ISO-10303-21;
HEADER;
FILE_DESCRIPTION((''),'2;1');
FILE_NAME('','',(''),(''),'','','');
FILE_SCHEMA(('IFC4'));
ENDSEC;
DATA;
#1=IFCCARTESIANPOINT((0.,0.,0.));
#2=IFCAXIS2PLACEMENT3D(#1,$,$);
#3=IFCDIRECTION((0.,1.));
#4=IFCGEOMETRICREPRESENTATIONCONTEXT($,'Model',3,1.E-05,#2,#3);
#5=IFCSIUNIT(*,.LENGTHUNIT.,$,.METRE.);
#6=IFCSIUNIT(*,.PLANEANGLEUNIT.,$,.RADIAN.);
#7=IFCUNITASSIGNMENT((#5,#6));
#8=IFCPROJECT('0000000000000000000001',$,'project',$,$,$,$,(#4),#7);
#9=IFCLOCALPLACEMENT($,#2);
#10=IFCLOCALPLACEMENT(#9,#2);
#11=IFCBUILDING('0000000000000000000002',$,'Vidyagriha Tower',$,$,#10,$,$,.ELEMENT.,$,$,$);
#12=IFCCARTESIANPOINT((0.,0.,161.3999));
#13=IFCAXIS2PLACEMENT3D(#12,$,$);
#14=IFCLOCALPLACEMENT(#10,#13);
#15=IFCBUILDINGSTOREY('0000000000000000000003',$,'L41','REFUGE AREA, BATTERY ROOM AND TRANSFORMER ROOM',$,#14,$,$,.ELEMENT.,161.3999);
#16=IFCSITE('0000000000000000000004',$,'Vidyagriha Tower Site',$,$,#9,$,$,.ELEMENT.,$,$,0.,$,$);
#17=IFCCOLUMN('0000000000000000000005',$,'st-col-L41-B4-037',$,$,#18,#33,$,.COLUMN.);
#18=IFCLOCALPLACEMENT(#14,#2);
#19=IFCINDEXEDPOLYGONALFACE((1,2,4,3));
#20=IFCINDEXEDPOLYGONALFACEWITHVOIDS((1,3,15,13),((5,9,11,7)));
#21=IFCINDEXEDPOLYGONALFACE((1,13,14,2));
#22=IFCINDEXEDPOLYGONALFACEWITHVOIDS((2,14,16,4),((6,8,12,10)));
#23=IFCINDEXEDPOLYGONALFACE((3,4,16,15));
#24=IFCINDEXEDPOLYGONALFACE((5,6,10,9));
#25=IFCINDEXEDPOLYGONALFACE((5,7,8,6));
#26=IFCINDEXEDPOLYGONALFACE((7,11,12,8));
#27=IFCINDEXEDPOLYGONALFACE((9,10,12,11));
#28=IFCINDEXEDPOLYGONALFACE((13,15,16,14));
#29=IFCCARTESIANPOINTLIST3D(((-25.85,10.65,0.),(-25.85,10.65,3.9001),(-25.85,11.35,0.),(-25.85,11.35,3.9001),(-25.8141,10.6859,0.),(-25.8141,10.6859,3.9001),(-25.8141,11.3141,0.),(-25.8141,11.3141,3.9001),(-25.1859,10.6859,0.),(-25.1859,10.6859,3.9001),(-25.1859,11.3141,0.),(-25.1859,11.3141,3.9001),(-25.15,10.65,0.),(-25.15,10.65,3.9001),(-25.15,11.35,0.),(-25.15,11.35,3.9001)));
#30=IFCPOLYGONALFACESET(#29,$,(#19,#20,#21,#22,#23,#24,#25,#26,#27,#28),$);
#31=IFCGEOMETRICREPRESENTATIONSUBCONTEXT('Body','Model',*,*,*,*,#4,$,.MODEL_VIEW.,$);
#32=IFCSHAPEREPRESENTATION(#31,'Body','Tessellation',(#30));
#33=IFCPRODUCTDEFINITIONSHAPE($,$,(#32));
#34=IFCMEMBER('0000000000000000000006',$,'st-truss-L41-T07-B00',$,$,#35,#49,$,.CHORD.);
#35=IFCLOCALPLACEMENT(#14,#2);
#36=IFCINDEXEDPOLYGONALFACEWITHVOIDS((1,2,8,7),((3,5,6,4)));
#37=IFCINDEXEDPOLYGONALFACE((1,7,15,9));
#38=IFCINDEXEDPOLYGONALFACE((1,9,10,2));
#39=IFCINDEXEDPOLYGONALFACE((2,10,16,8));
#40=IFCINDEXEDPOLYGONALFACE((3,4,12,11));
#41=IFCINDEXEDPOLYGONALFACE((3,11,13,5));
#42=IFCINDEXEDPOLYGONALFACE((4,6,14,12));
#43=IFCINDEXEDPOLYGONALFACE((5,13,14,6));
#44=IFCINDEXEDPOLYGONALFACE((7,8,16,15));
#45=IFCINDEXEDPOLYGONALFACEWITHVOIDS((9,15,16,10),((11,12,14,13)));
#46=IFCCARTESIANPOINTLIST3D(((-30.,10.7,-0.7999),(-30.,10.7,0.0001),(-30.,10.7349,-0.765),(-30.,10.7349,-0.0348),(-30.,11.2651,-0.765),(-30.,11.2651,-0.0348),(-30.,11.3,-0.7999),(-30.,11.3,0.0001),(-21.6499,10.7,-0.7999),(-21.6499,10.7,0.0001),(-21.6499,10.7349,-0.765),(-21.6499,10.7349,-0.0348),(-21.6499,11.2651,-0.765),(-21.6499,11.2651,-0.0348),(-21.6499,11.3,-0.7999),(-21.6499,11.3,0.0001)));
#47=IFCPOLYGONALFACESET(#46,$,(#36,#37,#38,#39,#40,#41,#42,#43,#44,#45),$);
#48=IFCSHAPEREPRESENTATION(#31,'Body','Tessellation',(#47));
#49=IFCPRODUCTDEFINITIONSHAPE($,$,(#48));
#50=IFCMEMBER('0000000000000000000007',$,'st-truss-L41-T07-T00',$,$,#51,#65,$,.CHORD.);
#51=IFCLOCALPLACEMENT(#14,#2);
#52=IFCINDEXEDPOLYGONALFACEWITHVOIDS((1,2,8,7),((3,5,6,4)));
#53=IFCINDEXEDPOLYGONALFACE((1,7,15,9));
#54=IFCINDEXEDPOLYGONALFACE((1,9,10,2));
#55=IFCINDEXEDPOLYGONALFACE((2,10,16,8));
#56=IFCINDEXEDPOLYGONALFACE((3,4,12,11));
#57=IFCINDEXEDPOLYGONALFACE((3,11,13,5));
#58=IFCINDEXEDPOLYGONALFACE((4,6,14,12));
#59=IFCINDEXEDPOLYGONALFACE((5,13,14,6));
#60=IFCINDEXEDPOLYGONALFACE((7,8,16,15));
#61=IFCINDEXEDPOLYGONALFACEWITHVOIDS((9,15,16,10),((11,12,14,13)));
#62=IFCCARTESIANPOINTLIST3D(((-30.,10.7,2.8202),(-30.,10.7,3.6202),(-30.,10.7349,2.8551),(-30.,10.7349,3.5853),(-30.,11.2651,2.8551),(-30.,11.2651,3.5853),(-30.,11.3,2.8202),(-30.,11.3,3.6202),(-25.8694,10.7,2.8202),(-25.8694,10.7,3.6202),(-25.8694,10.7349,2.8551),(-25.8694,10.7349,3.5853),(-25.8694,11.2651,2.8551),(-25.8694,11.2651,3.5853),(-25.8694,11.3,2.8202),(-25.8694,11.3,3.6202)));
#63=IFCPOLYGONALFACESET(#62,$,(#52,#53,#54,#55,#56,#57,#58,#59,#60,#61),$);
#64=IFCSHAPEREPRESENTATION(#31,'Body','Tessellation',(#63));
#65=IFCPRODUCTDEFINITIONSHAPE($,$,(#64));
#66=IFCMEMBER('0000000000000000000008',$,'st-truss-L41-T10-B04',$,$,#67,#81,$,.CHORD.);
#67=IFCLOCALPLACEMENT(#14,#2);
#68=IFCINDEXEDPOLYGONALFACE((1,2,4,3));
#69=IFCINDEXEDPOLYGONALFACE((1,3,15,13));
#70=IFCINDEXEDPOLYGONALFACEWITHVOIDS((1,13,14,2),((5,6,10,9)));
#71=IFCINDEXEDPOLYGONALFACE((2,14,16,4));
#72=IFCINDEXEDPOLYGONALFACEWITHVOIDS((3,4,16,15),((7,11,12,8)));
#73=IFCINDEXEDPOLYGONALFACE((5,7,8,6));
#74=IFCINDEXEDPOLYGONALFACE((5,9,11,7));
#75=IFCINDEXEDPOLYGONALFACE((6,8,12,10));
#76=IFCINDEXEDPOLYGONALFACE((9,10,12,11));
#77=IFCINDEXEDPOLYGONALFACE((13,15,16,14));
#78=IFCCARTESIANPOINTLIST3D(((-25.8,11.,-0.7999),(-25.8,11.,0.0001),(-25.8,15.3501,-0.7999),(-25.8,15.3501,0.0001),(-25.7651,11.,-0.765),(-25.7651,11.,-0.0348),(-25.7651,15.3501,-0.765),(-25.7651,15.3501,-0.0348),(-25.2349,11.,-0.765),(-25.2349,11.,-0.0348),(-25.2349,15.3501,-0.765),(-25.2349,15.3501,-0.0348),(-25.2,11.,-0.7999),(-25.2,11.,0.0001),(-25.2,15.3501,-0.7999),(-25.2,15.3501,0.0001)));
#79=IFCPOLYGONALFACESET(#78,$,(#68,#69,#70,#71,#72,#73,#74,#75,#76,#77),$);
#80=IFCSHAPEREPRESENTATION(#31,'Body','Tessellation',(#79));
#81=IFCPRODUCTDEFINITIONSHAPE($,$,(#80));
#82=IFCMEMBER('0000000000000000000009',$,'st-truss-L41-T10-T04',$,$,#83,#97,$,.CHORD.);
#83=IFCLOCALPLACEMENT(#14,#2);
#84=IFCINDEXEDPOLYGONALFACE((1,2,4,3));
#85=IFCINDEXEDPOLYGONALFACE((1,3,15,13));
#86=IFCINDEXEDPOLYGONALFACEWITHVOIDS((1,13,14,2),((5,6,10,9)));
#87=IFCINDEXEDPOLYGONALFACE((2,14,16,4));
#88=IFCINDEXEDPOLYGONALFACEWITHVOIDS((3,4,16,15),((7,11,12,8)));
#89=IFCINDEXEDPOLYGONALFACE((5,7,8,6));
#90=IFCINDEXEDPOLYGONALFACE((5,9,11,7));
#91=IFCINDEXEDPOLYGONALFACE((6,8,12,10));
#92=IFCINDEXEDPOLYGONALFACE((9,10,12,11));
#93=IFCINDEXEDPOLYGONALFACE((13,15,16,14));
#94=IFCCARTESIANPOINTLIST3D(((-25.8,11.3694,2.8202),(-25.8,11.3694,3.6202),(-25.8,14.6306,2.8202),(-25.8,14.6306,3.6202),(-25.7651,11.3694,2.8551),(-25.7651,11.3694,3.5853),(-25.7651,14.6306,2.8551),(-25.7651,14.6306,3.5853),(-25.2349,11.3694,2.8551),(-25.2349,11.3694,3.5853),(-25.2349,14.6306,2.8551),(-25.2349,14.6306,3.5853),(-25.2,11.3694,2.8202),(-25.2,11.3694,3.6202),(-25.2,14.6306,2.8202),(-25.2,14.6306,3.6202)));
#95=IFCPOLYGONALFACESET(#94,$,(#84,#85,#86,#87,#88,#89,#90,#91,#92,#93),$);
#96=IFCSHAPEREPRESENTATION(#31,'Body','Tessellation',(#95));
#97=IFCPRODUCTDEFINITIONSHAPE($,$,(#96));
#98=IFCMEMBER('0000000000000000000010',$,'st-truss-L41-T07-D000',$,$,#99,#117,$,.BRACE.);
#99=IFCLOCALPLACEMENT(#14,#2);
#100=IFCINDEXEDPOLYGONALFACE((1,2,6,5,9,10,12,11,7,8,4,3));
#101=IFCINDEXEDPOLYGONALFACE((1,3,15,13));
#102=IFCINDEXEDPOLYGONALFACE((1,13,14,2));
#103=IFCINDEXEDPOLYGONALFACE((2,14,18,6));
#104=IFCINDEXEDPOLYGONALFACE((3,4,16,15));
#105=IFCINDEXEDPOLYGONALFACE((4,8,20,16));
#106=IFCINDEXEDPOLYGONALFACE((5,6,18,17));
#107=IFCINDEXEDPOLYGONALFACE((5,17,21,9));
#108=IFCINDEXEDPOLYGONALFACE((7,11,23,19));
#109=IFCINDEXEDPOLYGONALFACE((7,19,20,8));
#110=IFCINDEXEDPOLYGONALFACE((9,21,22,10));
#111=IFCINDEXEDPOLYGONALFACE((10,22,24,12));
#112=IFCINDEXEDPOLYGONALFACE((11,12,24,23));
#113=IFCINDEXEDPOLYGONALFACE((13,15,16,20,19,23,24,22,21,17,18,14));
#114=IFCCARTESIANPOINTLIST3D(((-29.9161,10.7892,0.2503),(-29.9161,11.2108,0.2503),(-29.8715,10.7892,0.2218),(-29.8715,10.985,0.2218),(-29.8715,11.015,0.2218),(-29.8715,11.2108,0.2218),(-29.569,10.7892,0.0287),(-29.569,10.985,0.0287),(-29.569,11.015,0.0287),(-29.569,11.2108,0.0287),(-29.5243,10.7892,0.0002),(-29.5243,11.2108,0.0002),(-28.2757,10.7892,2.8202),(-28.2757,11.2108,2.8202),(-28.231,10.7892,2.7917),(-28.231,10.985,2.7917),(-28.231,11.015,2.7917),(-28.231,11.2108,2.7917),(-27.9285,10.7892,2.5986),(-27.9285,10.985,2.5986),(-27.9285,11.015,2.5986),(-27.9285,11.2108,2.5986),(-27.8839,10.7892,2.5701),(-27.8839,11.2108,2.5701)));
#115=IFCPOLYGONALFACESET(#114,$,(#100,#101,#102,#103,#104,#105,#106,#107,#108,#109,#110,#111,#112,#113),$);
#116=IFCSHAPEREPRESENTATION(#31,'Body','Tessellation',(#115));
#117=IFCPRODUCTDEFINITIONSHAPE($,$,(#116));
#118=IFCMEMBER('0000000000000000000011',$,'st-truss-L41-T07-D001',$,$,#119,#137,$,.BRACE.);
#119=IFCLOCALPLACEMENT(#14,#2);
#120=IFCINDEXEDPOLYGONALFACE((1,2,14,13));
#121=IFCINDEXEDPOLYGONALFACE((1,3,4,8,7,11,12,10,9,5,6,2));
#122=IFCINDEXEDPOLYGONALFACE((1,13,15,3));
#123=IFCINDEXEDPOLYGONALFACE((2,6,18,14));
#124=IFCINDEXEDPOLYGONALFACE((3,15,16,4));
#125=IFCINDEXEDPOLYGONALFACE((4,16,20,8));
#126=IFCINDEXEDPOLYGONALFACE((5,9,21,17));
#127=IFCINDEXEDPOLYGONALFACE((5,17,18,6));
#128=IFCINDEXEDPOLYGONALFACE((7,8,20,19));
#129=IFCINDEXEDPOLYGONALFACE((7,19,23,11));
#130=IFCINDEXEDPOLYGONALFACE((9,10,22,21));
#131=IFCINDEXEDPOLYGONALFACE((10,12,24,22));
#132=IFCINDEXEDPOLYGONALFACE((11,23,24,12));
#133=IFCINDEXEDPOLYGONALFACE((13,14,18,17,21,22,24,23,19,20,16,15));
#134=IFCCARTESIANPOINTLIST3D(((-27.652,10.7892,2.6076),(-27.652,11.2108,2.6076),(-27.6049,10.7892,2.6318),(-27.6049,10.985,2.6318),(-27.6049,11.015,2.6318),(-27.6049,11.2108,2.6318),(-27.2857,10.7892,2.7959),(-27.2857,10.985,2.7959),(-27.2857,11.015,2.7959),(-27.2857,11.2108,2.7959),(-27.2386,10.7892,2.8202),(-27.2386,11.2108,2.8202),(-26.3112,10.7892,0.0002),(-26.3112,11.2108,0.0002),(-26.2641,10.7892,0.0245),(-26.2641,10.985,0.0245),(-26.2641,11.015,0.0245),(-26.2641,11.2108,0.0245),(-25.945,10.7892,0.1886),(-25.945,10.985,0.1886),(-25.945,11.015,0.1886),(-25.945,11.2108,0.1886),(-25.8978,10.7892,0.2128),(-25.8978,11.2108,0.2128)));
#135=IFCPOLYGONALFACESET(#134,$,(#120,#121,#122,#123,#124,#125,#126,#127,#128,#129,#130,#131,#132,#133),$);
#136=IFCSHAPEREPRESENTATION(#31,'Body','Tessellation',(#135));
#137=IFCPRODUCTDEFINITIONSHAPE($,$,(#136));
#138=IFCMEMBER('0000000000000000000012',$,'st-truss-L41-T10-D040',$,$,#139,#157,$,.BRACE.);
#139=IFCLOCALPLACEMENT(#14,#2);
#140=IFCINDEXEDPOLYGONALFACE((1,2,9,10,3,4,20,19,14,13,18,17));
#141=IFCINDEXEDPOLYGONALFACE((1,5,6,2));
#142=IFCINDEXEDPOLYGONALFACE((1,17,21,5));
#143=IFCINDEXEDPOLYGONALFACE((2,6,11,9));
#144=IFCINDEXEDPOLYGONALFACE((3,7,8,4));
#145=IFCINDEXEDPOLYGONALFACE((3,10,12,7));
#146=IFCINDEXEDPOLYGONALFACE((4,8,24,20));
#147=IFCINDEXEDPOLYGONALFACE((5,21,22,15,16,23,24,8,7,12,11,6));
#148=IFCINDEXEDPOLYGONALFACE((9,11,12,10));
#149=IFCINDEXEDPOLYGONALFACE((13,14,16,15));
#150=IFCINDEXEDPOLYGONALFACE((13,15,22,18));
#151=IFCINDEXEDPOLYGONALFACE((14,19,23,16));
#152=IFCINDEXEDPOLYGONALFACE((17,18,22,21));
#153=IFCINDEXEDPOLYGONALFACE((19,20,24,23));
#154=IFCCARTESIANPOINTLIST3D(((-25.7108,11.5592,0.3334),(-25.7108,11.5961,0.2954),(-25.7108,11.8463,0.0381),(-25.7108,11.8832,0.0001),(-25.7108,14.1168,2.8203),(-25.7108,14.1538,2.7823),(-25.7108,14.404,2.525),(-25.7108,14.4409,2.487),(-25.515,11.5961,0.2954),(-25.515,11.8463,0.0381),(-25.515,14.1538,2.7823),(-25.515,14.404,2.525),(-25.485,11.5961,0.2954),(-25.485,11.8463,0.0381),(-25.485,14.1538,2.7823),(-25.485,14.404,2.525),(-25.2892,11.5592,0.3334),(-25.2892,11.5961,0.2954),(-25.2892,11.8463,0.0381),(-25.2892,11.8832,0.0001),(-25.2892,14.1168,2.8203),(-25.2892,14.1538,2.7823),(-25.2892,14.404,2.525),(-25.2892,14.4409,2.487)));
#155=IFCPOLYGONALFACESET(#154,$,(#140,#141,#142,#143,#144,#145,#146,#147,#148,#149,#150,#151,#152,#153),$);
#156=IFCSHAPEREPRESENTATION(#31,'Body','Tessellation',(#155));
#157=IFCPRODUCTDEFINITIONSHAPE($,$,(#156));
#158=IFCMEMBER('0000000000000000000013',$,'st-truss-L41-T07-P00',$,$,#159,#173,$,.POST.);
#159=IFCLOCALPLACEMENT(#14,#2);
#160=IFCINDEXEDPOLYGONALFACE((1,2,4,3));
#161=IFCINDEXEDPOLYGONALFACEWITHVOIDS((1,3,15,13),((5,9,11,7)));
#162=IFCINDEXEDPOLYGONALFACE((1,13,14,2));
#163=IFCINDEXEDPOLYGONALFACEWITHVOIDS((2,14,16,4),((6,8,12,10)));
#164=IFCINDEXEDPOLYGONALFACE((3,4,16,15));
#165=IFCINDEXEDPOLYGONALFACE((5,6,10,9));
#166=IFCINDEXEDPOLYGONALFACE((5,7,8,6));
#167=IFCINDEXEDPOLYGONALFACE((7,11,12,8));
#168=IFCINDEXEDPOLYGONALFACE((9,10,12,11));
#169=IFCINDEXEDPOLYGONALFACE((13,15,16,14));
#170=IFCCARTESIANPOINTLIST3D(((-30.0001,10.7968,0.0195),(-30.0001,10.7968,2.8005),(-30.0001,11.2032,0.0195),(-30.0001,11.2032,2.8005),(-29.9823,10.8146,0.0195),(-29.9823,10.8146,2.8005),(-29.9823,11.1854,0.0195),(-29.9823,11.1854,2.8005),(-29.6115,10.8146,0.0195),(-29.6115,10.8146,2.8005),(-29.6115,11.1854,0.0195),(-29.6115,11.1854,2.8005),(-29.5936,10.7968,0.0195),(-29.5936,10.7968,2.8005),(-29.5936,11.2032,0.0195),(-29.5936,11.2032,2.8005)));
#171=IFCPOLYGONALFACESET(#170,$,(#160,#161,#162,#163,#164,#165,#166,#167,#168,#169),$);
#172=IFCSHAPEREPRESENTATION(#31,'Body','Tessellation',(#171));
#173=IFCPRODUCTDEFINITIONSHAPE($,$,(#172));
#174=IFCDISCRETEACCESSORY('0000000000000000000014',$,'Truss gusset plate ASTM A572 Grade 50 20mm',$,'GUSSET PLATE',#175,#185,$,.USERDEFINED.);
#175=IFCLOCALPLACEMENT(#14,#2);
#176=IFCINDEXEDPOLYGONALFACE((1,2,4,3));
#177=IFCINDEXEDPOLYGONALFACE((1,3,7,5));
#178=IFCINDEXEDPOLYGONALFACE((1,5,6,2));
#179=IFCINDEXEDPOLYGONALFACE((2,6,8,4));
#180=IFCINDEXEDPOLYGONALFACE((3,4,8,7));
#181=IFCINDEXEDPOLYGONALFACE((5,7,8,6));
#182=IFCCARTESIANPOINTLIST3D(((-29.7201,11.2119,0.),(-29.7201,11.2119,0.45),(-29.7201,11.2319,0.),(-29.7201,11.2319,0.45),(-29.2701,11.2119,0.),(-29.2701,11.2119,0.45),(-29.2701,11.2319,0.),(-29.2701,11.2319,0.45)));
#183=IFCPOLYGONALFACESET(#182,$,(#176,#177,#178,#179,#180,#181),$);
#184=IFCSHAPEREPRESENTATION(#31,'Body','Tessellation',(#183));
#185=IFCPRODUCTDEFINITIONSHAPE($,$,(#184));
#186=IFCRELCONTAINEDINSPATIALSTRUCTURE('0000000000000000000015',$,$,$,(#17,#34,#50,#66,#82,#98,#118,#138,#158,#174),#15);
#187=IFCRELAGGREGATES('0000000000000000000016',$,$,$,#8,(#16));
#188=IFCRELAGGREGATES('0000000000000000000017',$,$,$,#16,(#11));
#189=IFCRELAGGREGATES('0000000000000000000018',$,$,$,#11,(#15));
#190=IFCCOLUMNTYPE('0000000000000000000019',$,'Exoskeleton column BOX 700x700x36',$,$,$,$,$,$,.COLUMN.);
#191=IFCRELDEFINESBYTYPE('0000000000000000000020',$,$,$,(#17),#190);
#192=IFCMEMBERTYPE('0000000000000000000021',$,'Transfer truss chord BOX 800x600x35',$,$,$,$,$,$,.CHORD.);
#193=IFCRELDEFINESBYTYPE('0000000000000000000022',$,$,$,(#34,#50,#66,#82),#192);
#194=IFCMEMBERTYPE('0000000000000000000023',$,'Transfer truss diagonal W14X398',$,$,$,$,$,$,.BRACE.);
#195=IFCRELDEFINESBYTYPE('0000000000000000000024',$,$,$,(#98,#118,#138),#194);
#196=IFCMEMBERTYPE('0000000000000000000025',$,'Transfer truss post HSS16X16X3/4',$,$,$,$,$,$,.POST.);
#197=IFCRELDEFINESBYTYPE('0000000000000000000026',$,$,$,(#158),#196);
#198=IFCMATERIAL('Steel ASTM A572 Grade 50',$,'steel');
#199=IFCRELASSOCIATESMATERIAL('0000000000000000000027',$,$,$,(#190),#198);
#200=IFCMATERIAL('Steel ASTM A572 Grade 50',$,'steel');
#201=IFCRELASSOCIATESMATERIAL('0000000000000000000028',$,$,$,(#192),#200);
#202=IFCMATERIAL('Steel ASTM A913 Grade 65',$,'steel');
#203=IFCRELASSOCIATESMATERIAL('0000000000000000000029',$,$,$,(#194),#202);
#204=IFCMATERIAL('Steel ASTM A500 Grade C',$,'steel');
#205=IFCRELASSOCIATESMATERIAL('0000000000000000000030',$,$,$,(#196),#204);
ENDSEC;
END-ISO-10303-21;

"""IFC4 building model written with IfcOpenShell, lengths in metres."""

from ifc_helpers import new_model, si_unit, direction, frame, origin, origin_2d, place, context, subcontext, project, spatial, rectangle, hollow_rectangle, i_section, extrude, material, material_profile, profile_set, type_object, element, save


model = new_model("IFC4")

# Units and contexts
model_context = context("Model", 3, precision=1e-05, world=origin(), true_north=direction((0.0, 1.0)))
body_context = subcontext(model_context, "Body", "Model", "MODEL_VIEW")
ifc_project = project(units=[si_unit("LENGTHUNIT", "METRE"), si_unit("PLANEANGLEUNIT", "RADIAN")], contexts=[model_context])

# Site, building, storey
site_placement = place(None, origin())
site = spatial("IfcSite", under=ifc_project, at=site_placement, Name="Vidyagriha Tower Site", CompositionType="ELEMENT", RefElevation=0.0)
building_placement = place(site_placement, origin())
building = spatial("IfcBuilding", under=site, at=building_placement, Name="Vidyagriha Tower", CompositionType="ELEMENT")
storey_placement = place(building_placement, frame((0.0, 0.0, 161.3999)))
storey = spatial("IfcBuildingStorey", under=building, at=storey_placement, Name="L41", Description="REFUGE AREA, BATTERY ROOM AND TRANSFORMER ROOM", CompositionType="ELEMENT", Elevation=161.3999)

# Column
ifc_material_1 = material(Name="Steel ASTM A572 Grade 50", Category="steel")
ifc_material_profile_1 = material_profile(ifc_material_1, hollow_rectangle(XDim=0.7, YDim=0.7, WallThickness=0.0359, at=origin_2d()), Name="BOX 700x700x36")
ifc_profile_set_1 = profile_set([ifc_material_profile_1], Name="Steel ASTM A572 Grade 50")
column_type = type_object("IfcColumnType", Name="Exoskeleton column BOX 700x700x36", PredefinedType="COLUMN", material=ifc_profile_set_1)
column_placement = place(storey_placement, frame((-25.5, 11.0, 0.0)))
element("IfcColumn", 1, at=column_placement, inside=storey, type_object=column_type, Name="st-col-L41-B4-037", PredefinedType="COLUMN", context=body_context, shape_type="SweptSolid", body=[
    extrude(hollow_rectangle(XDim=0.7, YDim=0.7, WallThickness=0.0359, at=origin_2d()), origin(), (0.0, 0.0, 1.0), 3.9001),
])

# Members
ifc_material_2 = material(Name="Steel ASTM A572 Grade 50", Category="steel")
ifc_material_profile_2 = material_profile(ifc_material_2, hollow_rectangle(XDim=0.6001, YDim=0.8, WallThickness=0.0349, at=origin_2d()), Name="BOX 800x600x35")
ifc_profile_set_2 = profile_set([ifc_material_profile_2], Name="Steel ASTM A572 Grade 50")
member_type_1 = type_object("IfcMemberType", Name="Transfer truss chord BOX 800x600x35", PredefinedType="CHORD", material=ifc_profile_set_2)
member_1_placement = place(storey_placement, frame((-30.0, 11.0, -0.3999), z_axis=(1.0, 0.0, 0.0), x_axis=(0.0, 1.0, 0.0)))
element("IfcMember", 2, at=member_1_placement, inside=storey, type_object=member_type_1, Name="st-truss-L41-T07-B00", PredefinedType="CHORD", context=body_context, shape_type="SweptSolid", body=[
    extrude(hollow_rectangle(XDim=0.6001, YDim=0.8, WallThickness=0.0349, at=origin_2d()), origin(), (0.0, 0.0, 1.0), 8.3501),
])
member_2_placement = place(storey_placement, frame((-30.0, 11.0, 3.2202), z_axis=(1.0, 0.0, 0.0), x_axis=(0.0, 1.0, 0.0)))
element("IfcMember", 3, at=member_2_placement, inside=storey, type_object=member_type_1, Name="st-truss-L41-T07-T00", PredefinedType="CHORD", context=body_context, shape_type="SweptSolid", body=[
    extrude(hollow_rectangle(XDim=0.6001, YDim=0.8, WallThickness=0.0349, at=origin_2d()), origin(), (0.0, 0.0, 1.0), 4.1306),
])
member_3_placement = place(storey_placement, frame((-25.5, 11.0, -0.3999), z_axis=(0.0, 1.0, 0.0), x_axis=(-1.0, 0.0, 0.0)))
element("IfcMember", 4, at=member_3_placement, inside=storey, type_object=member_type_1, Name="st-truss-L41-T10-B04", PredefinedType="CHORD", context=body_context, shape_type="SweptSolid", body=[
    extrude(hollow_rectangle(XDim=0.6001, YDim=0.8, WallThickness=0.0349, at=origin_2d()), origin(), (0.0, 0.0, 1.0), 4.3501),
])
member_4_placement = place(storey_placement, frame((-25.5, 11.3694, 3.2202), z_axis=(0.0, 1.0, 0.0), x_axis=(-1.0, 0.0, 0.0)))
element("IfcMember", 5, at=member_4_placement, inside=storey, type_object=member_type_1, Name="st-truss-L41-T10-T04", PredefinedType="CHORD", context=body_context, shape_type="SweptSolid", body=[
    extrude(hollow_rectangle(XDim=0.6001, YDim=0.8, WallThickness=0.0349, at=origin_2d()), origin(), (0.0, 0.0, 1.0), 3.2612),
])
ifc_material_3 = material(Name="Steel ASTM A913 Grade 65", Category="steel")
ifc_material_profile_3 = material_profile(ifc_material_3, i_section(OverallWidth=0.4216, OverallDepth=0.4648, WebThickness=0.03, FlangeThickness=0.053, at=origin_2d()), Name="W14X398")
ifc_profile_set_3 = profile_set([ifc_material_profile_3], Name="Steel ASTM A913 Grade 65")
member_type_2 = type_object("IfcMemberType", Name="Transfer truss diagonal W14X398", PredefinedType="BRACE", material=ifc_profile_set_3)
member_5_placement = place(storey_placement, frame((-29.7202, 11.0, 0.1252), z_axis=(0.538051, 0.0, 0.842912), x_axis=(0.0, 1.0, 0.0)))
element("IfcMember", 6, at=member_5_placement, inside=storey, type_object=member_type_2, Name="st-truss-L41-T07-D000", PredefinedType="BRACE", context=body_context, shape_type="SweptSolid", body=[
    extrude(i_section(OverallWidth=0.4216, OverallDepth=0.4648, WebThickness=0.03, FlangeThickness=0.053, at=origin_2d()), origin(), (0.0, 0.0, 1.0), 3.0488),
])
member_6_placement = place(storey_placement, frame((-27.4453, 11.0, 2.7139), z_axis=(0.45731, 0.0, -0.889307), x_axis=(0.0, 1.0, 0.0)))
element("IfcMember", 7, at=member_6_placement, inside=storey, type_object=member_type_2, Name="st-truss-L41-T07-D001", PredefinedType="BRACE", context=body_context, shape_type="SweptSolid", body=[
    extrude(i_section(OverallWidth=0.4216, OverallDepth=0.4648, WebThickness=0.03, FlangeThickness=0.053, at=origin_2d()), origin(), (0.0, 0.0, 1.0), 2.9319),
])
member_7_placement = place(storey_placement, frame((-25.5, 11.7212, 0.1667), z_axis=(0.0, 0.716961, 0.697114), x_axis=(-1.0, 0.0, 0.0)))
element("IfcMember", 8, at=member_7_placement, inside=storey, type_object=member_type_2, Name="st-truss-L41-T10-D040", PredefinedType="BRACE", context=body_context, shape_type="SweptSolid", body=[
    extrude(i_section(OverallWidth=0.4216, OverallDepth=0.4648, WebThickness=0.03, FlangeThickness=0.053, at=origin_2d()), origin(), (0.0, 0.0, 1.0), 3.5674),
])
ifc_material_4 = material(Name="Steel ASTM A500 Grade C", Category="steel")
ifc_material_profile_4 = material_profile(ifc_material_4, hollow_rectangle(XDim=0.4065, YDim=0.4065, WallThickness=0.0178, at=origin_2d()), Name="HSS16X16X3/4")
ifc_profile_set_4 = profile_set([ifc_material_profile_4], Name="Steel ASTM A500 Grade C")
member_type_3 = type_object("IfcMemberType", Name="Transfer truss post HSS16X16X3/4", PredefinedType="POST", material=ifc_profile_set_4)
member_8_placement = place(storey_placement, frame((-29.7969, 11.0, 0.0195)))
element("IfcMember", 9, at=member_8_placement, inside=storey, type_object=member_type_3, Name="st-truss-L41-T07-P00", PredefinedType="POST", context=body_context, shape_type="SweptSolid", body=[
    extrude(hollow_rectangle(XDim=0.4065, YDim=0.4065, WallThickness=0.0178, at=origin_2d()), origin(), (0.0, 0.0, 1.0), 2.781),
])

# Discrete accessory
for number, where, name in (
    (10, (-29.4951, 11.2219, 0.0), "Truss gusset plate ASTM A572 Grade 50 20mm"),
):
    element("IfcDiscreteAccessory", number, at=place(storey_placement, frame(where)), inside=storey, Name=name, ObjectType="GUSSET PLATE", PredefinedType="USERDEFINED", context=body_context, shape_type="SweptSolid", body=[
        extrude(rectangle(XDim=0.45, YDim=0.02, at=origin_2d()), origin(), (0.0, 0.0, 1.0), 0.45),
    ])

save(model, "model.ifc")
